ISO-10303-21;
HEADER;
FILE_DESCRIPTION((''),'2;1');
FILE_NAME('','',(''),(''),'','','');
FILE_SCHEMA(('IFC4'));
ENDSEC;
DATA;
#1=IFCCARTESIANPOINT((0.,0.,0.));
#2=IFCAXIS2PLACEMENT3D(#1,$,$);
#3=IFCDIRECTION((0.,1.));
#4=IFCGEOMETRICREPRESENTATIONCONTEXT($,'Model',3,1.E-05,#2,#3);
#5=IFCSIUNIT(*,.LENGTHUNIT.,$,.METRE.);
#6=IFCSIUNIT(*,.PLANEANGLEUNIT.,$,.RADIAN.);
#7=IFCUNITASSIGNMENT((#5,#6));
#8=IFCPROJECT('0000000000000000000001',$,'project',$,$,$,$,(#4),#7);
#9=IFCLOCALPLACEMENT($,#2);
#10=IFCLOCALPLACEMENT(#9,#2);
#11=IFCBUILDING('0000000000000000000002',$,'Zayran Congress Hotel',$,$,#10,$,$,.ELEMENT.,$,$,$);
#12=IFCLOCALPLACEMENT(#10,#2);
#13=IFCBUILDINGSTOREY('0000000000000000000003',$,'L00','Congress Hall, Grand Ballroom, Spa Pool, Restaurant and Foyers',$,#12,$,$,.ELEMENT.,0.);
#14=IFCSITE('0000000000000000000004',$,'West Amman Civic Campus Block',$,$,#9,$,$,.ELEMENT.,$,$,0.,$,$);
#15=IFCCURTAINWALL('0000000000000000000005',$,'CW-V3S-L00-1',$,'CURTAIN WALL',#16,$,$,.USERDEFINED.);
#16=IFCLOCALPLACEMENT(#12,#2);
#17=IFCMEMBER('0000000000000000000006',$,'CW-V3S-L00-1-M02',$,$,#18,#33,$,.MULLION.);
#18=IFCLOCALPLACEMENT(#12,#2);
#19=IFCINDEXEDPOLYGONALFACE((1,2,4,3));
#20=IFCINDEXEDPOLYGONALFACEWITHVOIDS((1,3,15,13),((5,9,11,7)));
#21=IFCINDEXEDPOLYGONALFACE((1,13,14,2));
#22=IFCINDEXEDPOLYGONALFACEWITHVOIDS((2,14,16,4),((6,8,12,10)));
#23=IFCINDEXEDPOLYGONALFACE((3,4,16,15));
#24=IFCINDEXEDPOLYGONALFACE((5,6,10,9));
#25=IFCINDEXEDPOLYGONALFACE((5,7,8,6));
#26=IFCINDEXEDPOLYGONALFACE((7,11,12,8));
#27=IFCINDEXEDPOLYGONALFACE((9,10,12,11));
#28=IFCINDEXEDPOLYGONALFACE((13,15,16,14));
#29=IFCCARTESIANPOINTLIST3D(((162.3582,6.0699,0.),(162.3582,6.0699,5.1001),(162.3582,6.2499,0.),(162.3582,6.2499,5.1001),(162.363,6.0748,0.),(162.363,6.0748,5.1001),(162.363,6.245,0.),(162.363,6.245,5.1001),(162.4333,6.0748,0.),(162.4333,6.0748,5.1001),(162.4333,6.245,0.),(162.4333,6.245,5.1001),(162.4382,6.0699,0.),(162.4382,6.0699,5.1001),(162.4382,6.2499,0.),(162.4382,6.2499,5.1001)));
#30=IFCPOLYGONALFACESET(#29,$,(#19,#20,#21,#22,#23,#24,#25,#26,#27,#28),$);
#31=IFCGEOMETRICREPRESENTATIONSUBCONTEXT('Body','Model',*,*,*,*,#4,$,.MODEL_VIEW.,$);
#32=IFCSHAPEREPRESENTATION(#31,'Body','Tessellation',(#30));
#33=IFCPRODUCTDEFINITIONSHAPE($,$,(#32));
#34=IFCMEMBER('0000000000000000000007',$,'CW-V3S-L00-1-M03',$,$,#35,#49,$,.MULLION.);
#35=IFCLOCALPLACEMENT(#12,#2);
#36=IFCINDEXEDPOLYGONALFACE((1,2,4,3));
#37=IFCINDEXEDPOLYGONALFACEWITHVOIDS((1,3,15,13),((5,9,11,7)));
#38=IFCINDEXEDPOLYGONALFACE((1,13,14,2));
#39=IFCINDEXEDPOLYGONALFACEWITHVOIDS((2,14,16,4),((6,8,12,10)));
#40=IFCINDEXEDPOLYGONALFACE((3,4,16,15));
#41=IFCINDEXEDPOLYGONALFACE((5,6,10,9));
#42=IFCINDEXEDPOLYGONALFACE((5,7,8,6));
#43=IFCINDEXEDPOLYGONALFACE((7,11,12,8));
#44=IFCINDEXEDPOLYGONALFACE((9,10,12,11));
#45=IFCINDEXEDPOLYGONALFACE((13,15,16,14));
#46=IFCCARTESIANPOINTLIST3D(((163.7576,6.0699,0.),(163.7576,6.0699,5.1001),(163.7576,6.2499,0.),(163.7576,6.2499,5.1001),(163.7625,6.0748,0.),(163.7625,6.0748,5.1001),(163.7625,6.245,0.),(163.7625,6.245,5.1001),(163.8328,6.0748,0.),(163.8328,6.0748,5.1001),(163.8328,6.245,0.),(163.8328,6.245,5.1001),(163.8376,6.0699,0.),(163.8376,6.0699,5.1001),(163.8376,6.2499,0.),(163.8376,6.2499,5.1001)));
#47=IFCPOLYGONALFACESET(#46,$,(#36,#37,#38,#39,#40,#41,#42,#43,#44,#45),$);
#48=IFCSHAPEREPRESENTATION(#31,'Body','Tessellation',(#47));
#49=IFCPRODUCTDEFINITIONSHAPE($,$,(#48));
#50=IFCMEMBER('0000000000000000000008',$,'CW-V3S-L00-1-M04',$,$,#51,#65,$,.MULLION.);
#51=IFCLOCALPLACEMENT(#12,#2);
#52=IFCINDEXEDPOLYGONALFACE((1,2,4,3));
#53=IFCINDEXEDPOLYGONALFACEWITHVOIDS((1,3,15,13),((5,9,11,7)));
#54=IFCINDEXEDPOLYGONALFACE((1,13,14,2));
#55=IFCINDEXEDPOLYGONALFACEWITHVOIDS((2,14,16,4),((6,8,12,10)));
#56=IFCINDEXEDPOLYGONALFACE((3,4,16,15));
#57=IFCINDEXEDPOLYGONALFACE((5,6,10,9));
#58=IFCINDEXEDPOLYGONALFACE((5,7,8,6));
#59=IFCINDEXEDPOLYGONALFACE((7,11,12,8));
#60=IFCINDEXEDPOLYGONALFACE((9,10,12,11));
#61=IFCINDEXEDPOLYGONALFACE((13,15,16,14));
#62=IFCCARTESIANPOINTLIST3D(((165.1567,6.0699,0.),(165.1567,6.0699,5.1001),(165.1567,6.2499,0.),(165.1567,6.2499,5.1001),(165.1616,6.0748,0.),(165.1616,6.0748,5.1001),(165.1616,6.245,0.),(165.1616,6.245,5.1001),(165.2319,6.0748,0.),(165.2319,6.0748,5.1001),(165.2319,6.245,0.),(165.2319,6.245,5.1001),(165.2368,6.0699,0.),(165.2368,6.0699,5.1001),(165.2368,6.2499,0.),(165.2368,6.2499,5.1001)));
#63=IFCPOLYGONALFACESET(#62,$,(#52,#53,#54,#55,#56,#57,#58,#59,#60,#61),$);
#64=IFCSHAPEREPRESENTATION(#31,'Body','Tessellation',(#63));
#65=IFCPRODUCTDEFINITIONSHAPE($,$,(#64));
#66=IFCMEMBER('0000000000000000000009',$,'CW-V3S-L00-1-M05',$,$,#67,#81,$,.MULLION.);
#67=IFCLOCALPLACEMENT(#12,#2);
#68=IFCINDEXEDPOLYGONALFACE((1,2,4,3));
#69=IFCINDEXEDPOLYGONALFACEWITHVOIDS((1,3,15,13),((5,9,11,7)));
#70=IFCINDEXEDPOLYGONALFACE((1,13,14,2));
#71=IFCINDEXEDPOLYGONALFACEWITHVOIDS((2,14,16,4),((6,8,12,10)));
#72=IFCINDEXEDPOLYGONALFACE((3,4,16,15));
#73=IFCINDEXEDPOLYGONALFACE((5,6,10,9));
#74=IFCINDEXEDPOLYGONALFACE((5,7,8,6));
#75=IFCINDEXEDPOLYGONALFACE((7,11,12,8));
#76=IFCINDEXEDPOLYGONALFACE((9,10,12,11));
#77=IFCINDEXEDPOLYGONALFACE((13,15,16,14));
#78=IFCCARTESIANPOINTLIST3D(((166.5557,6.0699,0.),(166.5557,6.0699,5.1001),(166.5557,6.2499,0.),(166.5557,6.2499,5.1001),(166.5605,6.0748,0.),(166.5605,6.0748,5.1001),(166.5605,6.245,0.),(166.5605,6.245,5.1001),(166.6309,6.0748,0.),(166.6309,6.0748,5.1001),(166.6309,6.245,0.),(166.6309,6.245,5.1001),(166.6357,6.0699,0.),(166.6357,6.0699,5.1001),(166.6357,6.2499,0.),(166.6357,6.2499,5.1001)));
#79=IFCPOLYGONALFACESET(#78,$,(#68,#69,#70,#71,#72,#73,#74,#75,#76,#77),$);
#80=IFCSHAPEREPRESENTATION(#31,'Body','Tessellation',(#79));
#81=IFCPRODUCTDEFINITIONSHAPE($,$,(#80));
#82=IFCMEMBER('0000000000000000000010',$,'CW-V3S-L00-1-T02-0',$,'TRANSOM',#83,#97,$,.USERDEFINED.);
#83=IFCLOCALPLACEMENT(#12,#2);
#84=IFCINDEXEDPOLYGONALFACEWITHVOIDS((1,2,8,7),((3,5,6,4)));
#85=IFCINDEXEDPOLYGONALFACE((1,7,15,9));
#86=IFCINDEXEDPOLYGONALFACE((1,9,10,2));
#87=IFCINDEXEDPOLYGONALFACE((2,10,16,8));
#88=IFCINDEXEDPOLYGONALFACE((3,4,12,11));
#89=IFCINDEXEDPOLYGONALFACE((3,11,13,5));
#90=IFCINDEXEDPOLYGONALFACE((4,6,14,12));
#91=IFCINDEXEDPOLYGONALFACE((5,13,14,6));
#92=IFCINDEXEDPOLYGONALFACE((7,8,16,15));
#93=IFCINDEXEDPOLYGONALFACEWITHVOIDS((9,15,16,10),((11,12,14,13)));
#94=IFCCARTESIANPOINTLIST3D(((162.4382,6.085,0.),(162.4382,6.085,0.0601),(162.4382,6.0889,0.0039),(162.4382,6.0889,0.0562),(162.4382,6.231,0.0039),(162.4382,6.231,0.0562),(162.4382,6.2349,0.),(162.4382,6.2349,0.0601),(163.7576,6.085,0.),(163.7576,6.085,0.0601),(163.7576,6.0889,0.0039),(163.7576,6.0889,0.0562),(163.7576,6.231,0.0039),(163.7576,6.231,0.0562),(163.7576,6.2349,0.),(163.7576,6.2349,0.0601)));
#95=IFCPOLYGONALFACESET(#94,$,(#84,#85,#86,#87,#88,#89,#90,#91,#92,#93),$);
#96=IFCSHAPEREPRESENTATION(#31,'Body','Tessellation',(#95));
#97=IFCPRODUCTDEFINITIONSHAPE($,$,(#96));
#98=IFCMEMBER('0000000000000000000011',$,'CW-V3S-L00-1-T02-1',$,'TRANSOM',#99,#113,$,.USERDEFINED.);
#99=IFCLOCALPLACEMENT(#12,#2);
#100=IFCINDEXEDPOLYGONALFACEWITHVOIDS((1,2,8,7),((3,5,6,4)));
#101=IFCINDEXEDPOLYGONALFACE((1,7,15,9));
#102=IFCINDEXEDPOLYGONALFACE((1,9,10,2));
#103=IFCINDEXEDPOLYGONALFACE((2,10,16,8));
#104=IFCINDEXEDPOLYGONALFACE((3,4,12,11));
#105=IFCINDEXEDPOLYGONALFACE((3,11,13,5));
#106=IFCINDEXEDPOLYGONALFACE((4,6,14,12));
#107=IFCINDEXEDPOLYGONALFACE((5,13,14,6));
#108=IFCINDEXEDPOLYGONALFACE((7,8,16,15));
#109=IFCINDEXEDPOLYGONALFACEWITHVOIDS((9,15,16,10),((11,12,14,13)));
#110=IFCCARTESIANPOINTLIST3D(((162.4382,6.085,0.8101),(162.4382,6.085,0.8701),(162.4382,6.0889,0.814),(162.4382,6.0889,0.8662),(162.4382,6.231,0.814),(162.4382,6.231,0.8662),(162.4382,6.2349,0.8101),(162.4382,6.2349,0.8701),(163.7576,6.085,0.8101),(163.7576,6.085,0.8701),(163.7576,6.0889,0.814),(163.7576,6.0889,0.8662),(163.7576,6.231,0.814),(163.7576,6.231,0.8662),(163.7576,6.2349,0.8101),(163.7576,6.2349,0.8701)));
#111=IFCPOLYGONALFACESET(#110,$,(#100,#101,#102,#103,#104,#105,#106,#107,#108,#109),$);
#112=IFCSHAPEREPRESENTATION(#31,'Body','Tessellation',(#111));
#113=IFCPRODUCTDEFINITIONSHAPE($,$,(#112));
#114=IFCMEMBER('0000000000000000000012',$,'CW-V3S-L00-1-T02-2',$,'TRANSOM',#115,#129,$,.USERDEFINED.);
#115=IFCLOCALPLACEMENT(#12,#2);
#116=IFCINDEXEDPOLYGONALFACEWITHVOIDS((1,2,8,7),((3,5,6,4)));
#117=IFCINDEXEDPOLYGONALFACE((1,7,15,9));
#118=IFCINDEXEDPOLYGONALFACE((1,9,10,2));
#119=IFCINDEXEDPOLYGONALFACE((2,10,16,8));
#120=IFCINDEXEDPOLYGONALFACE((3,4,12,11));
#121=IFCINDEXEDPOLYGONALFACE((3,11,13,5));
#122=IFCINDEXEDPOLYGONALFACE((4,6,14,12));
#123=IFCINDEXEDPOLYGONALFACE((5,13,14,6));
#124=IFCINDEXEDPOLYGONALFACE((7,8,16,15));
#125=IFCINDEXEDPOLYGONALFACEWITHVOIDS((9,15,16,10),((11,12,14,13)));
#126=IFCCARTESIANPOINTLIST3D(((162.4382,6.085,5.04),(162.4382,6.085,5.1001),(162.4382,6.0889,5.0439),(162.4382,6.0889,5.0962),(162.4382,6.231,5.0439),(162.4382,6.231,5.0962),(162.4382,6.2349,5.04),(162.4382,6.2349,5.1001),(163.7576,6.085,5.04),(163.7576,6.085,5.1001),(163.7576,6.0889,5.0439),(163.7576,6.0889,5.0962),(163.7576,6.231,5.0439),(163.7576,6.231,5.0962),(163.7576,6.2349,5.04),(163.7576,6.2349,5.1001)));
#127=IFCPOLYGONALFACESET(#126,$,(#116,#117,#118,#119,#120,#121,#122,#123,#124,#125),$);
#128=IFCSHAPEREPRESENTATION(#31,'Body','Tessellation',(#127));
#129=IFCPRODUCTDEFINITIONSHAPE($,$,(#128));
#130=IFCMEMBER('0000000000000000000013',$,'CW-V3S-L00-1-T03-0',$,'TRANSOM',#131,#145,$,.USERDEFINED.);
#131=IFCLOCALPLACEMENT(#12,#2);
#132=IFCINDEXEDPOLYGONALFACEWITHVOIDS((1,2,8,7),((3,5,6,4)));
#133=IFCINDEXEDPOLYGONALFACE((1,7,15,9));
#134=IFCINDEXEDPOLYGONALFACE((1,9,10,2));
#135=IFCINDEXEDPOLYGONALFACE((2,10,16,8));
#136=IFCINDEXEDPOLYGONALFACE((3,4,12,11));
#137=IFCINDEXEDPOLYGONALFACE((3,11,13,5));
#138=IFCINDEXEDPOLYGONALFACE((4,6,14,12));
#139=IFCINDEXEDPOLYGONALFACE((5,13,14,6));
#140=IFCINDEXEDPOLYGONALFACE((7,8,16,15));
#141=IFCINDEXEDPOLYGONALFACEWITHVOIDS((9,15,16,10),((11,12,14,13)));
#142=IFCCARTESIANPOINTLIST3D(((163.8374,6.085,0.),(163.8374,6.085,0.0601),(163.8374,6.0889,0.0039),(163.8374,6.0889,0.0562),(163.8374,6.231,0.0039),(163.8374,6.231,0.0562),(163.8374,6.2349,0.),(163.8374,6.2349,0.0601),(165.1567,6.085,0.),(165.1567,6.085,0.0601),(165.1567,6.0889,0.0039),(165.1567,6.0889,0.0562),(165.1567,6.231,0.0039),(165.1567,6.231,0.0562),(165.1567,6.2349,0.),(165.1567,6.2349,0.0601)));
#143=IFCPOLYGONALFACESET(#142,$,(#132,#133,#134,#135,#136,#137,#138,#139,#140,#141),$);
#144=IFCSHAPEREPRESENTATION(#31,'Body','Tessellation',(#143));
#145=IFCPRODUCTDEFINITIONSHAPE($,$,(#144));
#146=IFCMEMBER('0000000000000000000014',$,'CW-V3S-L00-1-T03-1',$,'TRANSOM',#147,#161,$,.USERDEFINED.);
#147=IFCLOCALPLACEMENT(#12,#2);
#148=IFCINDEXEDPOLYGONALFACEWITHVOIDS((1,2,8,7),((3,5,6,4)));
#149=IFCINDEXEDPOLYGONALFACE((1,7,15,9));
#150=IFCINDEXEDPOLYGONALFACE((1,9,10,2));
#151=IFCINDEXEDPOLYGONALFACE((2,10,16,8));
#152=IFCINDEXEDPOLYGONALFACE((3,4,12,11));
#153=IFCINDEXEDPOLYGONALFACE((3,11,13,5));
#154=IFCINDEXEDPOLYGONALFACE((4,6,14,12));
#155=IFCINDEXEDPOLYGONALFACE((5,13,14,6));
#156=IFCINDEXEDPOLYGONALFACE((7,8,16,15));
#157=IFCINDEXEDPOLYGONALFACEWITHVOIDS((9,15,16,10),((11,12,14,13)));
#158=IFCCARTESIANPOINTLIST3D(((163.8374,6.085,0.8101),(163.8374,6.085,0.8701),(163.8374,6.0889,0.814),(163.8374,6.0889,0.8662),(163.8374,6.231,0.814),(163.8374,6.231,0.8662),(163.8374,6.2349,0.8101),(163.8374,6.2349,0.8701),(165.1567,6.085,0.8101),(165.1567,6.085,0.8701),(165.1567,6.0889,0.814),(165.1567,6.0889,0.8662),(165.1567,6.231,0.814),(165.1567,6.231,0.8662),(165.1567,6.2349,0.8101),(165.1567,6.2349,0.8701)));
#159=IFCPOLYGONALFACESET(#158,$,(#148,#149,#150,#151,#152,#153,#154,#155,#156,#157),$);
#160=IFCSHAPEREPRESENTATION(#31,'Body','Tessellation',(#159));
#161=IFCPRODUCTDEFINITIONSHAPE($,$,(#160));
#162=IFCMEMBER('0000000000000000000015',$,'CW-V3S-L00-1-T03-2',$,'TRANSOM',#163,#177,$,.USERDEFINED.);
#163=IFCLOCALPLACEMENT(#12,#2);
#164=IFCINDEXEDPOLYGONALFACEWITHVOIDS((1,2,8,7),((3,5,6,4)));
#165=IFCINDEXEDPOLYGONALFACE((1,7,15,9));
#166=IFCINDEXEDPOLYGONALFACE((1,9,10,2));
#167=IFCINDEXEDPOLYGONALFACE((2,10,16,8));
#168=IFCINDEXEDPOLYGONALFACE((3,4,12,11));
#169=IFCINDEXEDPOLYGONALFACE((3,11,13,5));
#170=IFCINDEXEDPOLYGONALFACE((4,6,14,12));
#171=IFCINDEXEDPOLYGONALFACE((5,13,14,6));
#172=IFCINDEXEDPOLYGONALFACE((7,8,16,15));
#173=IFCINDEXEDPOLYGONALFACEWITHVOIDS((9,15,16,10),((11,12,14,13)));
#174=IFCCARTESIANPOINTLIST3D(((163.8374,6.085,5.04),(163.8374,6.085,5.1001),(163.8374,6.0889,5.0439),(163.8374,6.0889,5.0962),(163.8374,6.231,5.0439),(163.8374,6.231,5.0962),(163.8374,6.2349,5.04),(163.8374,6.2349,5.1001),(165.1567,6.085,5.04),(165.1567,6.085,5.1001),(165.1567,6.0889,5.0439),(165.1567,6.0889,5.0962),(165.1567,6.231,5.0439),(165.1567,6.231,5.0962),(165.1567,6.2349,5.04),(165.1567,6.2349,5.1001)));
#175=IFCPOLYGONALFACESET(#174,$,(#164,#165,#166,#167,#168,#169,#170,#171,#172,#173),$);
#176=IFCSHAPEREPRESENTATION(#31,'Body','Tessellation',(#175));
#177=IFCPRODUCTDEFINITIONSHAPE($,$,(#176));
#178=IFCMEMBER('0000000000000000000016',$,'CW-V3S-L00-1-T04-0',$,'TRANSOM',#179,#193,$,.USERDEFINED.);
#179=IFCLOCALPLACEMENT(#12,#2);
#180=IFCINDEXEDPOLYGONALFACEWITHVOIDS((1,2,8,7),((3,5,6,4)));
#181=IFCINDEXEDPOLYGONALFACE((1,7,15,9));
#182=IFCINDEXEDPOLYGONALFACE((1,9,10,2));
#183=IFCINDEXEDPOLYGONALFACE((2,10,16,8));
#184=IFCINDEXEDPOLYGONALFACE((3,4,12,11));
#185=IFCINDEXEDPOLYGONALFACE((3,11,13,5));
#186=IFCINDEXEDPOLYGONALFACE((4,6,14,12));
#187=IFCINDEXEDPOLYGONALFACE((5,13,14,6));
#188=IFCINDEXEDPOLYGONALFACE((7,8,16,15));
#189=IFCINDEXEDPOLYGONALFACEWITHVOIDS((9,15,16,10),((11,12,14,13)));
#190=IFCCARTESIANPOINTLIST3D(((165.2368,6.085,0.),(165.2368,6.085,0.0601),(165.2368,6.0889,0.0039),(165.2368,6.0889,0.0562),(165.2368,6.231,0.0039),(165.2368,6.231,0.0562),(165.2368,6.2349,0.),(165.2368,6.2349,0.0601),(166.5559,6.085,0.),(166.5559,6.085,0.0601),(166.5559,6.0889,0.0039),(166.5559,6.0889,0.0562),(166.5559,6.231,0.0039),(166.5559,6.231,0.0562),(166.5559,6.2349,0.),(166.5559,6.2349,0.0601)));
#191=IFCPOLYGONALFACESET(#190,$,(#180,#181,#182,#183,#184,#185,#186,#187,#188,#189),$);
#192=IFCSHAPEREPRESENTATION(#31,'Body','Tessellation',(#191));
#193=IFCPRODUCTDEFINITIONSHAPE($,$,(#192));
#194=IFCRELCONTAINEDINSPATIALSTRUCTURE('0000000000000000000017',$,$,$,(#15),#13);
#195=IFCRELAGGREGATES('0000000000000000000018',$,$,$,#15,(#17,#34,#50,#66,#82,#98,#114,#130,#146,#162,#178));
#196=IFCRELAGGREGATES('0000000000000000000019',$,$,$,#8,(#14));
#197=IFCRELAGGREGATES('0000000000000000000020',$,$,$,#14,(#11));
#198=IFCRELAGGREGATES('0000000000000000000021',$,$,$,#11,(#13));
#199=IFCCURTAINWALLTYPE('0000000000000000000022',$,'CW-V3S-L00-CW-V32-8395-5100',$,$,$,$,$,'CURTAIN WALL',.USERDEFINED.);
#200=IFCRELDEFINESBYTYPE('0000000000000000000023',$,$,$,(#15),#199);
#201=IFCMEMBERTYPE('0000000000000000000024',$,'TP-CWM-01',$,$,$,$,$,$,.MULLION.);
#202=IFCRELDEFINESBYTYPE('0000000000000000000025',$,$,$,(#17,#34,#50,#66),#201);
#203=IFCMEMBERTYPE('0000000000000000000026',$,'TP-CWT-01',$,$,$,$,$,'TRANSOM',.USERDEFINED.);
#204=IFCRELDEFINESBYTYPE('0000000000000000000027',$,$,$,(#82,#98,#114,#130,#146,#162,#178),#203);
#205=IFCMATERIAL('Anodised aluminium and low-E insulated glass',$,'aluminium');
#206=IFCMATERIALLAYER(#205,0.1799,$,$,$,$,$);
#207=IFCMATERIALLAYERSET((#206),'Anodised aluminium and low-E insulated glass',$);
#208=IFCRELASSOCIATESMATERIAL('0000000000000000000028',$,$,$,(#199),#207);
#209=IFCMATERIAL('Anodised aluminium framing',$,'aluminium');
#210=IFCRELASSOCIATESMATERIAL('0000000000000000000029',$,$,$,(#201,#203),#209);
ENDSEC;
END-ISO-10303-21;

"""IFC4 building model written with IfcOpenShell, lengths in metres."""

from ifc_helpers import new_model, si_unit, direction, frame, origin, origin_2d, place, context, subcontext, project, spatial, hollow_rectangle, extrude, material, layer, layer_set, material_profile, profile_set, type_object, element, aggregate, save


model = new_model("IFC4")

# Units and contexts
model_context = context("Model", 3, precision=1e-05, world=origin(), true_north=direction((0.0, 1.0)))
body_context = subcontext(model_context, "Body", "Model", "MODEL_VIEW")
ifc_project = project(units=[si_unit("LENGTHUNIT", "METRE"), si_unit("PLANEANGLEUNIT", "RADIAN")], contexts=[model_context])

# Site, building, storey
site_placement = place(None, origin())
site = spatial("IfcSite", under=ifc_project, at=site_placement, Name="West Amman Civic Campus Block", CompositionType="ELEMENT", RefElevation=0.0)
building_placement = place(site_placement, origin())
building = spatial("IfcBuilding", under=site, at=building_placement, Name="Zayran Congress Hotel", CompositionType="ELEMENT")
storey_placement = place(building_placement, origin())
storey = spatial("IfcBuildingStorey", under=building, at=storey_placement, Name="L00", Description="Congress Hall, Grand Ballroom, Spa Pool, Restaurant and Foyers", CompositionType="ELEMENT", Elevation=0.0)

# Curtain wall, members
ifc_material_1 = material(Name="Anodised aluminium and low-E insulated glass", Category="aluminium")
ifc_layer_1 = layer(ifc_material_1, 0.1799)
ifc_layer_set_1 = layer_set([ifc_layer_1], Name="Anodised aluminium and low-E insulated glass")
curtain_wall_type = type_object("IfcCurtainWallType", Name="CW-V3S-L00-CW-V32-8395-5100", ElementType="CURTAIN WALL", PredefinedType="USERDEFINED", material=ifc_layer_set_1)
curtain_wall_placement = place(storey_placement, origin())
curtain_wall = element("IfcCurtainWall", 1, at=curtain_wall_placement, inside=storey, type_object=curtain_wall_type, Name="CW-V3S-L00-1", ObjectType="CURTAIN WALL", PredefinedType="USERDEFINED")
ifc_material_2 = material(Name="Anodised aluminium framing", Category="aluminium")
ifc_material_profile_1 = material_profile(ifc_material_2, hollow_rectangle(XDim=0.0801, YDim=0.1799, WallThickness=0.0049, at=origin_2d()), Name="RHS 180x80x5")
ifc_profile_set_1 = profile_set([ifc_material_profile_1], Name="Anodised aluminium framing")
member_type_1 = type_object("IfcMemberType", Name="TP-CWM-01", PredefinedType="MULLION", material=ifc_profile_set_1)
member_1_placement = place(storey_placement, frame((162.3982, 6.1599, 0.0), z_axis=(0.0, 0.0, 1.0), x_axis=(1.0, 0.0, 0.0)))
member_1 = element("IfcMember", 2, at=member_1_placement, type_object=member_type_1, Name="CW-V3S-L00-1-M02", PredefinedType="MULLION", context=body_context, shape_type="SweptSolid", body=[
    extrude(hollow_rectangle(XDim=0.0801, YDim=0.1799, WallThickness=0.0049, at=origin_2d()), origin(), (0.0, 0.0, 1.0), 5.1001),
])
member_2_placement = place(storey_placement, frame((163.7976, 6.1599, 0.0), z_axis=(0.0, 0.0, 1.0), x_axis=(1.0, 0.0, 0.0)))
member_2 = element("IfcMember", 3, at=member_2_placement, type_object=member_type_1, Name="CW-V3S-L00-1-M03", PredefinedType="MULLION", context=body_context, shape_type="SweptSolid", body=[
    extrude(hollow_rectangle(XDim=0.0801, YDim=0.1799, WallThickness=0.0049, at=origin_2d()), origin(), (0.0, 0.0, 1.0), 5.1001),
])
member_3_placement = place(storey_placement, frame((165.1968, 6.1599, 0.0), z_axis=(0.0, 0.0, 1.0), x_axis=(1.0, 0.0, 0.0)))
member_3 = element("IfcMember", 4, at=member_3_placement, type_object=member_type_1, Name="CW-V3S-L00-1-M04", PredefinedType="MULLION", context=body_context, shape_type="SweptSolid", body=[
    extrude(hollow_rectangle(XDim=0.0801, YDim=0.1799, WallThickness=0.0049, at=origin_2d()), origin(), (0.0, 0.0, 1.0), 5.1001),
])
member_4_placement = place(storey_placement, frame((166.5957, 6.1599, 0.0), z_axis=(0.0, 0.0, 1.0), x_axis=(1.0, 0.0, 0.0)))
member_4 = element("IfcMember", 5, at=member_4_placement, type_object=member_type_1, Name="CW-V3S-L00-1-M05", PredefinedType="MULLION", context=body_context, shape_type="SweptSolid", body=[
    extrude(hollow_rectangle(XDim=0.0801, YDim=0.1799, WallThickness=0.0049, at=origin_2d()), origin(), (0.0, 0.0, 1.0), 5.1001),
])
ifc_material_profile_2 = material_profile(ifc_material_2, hollow_rectangle(XDim=0.0601, YDim=0.1499, WallThickness=0.0039, at=origin_2d()), Name="RHS 150x60x4")
ifc_profile_set_2 = profile_set([ifc_material_profile_2], Name="Anodised aluminium framing")
member_type_2 = type_object("IfcMemberType", Name="TP-CWT-01", ElementType="TRANSOM", PredefinedType="USERDEFINED", material=ifc_profile_set_2)
member_5_placement = place(storey_placement, frame((162.4382, 6.1599, 0.03), z_axis=(1.0, 0.0, 0.0), x_axis=(0.0, 0.0, 1.0)))
member_5 = element("IfcMember", 6, at=member_5_placement, type_object=member_type_2, Name="CW-V3S-L00-1-T02-0", ObjectType="TRANSOM", PredefinedType="USERDEFINED", context=body_context, shape_type="SweptSolid", body=[
    extrude(hollow_rectangle(XDim=0.0601, YDim=0.1499, WallThickness=0.0039, at=origin_2d()), origin(), (0.0, 0.0, 1.0), 1.3193),
])
member_6_placement = place(storey_placement, frame((162.4382, 6.1599, 0.8401), z_axis=(1.0, 0.0, 0.0), x_axis=(0.0, 0.0, 1.0)))
member_6 = element("IfcMember", 7, at=member_6_placement, type_object=member_type_2, Name="CW-V3S-L00-1-T02-1", ObjectType="TRANSOM", PredefinedType="USERDEFINED", context=body_context, shape_type="SweptSolid", body=[
    extrude(hollow_rectangle(XDim=0.0601, YDim=0.1499, WallThickness=0.0039, at=origin_2d()), origin(), (0.0, 0.0, 1.0), 1.3193),
])
member_7_placement = place(storey_placement, frame((162.4382, 6.1599, 5.0701), z_axis=(1.0, 0.0, 0.0), x_axis=(0.0, 0.0, 1.0)))
member_7 = element("IfcMember", 8, at=member_7_placement, type_object=member_type_2, Name="CW-V3S-L00-1-T02-2", ObjectType="TRANSOM", PredefinedType="USERDEFINED", context=body_context, shape_type="SweptSolid", body=[
    extrude(hollow_rectangle(XDim=0.0601, YDim=0.1499, WallThickness=0.0039, at=origin_2d()), origin(), (0.0, 0.0, 1.0), 1.3193),
])
member_8_placement = place(storey_placement, frame((163.8374, 6.1599, 0.03), z_axis=(1.0, 0.0, 0.0), x_axis=(0.0, 0.0, 1.0)))
member_8 = element("IfcMember", 9, at=member_8_placement, type_object=member_type_2, Name="CW-V3S-L00-1-T03-0", ObjectType="TRANSOM", PredefinedType="USERDEFINED", context=body_context, shape_type="SweptSolid", body=[
    extrude(hollow_rectangle(XDim=0.0601, YDim=0.1499, WallThickness=0.0039, at=origin_2d()), origin(), (0.0, 0.0, 1.0), 1.3193),
])
member_9_placement = place(storey_placement, frame((163.8374, 6.1599, 0.8401), z_axis=(1.0, 0.0, 0.0), x_axis=(0.0, 0.0, 1.0)))
member_9 = element("IfcMember", 10, at=member_9_placement, type_object=member_type_2, Name="CW-V3S-L00-1-T03-1", ObjectType="TRANSOM", PredefinedType="USERDEFINED", context=body_context, shape_type="SweptSolid", body=[
    extrude(hollow_rectangle(XDim=0.0601, YDim=0.1499, WallThickness=0.0039, at=origin_2d()), origin(), (0.0, 0.0, 1.0), 1.3193),
])
member_10_placement = place(storey_placement, frame((163.8374, 6.1599, 5.0701), z_axis=(1.0, 0.0, 0.0), x_axis=(0.0, 0.0, 1.0)))
member_10 = element("IfcMember", 11, at=member_10_placement, type_object=member_type_2, Name="CW-V3S-L00-1-T03-2", ObjectType="TRANSOM", PredefinedType="USERDEFINED", context=body_context, shape_type="SweptSolid", body=[
    extrude(hollow_rectangle(XDim=0.0601, YDim=0.1499, WallThickness=0.0039, at=origin_2d()), origin(), (0.0, 0.0, 1.0), 1.3193),
])
member_11_placement = place(storey_placement, frame((165.2368, 6.1599, 0.03), z_axis=(1.0, 0.0, 0.0), x_axis=(0.0, 0.0, 1.0)))
member_11 = element("IfcMember", 12, at=member_11_placement, type_object=member_type_2, Name="CW-V3S-L00-1-T04-0", ObjectType="TRANSOM", PredefinedType="USERDEFINED", context=body_context, shape_type="SweptSolid", body=[
    extrude(hollow_rectangle(XDim=0.0601, YDim=0.1499, WallThickness=0.0039, at=origin_2d()), origin(), (0.0, 0.0, 1.0), 1.3191),
])
aggregate(curtain_wall, [member_1, member_2, member_3, member_4, member_5, member_6, member_7, member_8, member_9, member_10, member_11])

save(model, "model.ifc")
